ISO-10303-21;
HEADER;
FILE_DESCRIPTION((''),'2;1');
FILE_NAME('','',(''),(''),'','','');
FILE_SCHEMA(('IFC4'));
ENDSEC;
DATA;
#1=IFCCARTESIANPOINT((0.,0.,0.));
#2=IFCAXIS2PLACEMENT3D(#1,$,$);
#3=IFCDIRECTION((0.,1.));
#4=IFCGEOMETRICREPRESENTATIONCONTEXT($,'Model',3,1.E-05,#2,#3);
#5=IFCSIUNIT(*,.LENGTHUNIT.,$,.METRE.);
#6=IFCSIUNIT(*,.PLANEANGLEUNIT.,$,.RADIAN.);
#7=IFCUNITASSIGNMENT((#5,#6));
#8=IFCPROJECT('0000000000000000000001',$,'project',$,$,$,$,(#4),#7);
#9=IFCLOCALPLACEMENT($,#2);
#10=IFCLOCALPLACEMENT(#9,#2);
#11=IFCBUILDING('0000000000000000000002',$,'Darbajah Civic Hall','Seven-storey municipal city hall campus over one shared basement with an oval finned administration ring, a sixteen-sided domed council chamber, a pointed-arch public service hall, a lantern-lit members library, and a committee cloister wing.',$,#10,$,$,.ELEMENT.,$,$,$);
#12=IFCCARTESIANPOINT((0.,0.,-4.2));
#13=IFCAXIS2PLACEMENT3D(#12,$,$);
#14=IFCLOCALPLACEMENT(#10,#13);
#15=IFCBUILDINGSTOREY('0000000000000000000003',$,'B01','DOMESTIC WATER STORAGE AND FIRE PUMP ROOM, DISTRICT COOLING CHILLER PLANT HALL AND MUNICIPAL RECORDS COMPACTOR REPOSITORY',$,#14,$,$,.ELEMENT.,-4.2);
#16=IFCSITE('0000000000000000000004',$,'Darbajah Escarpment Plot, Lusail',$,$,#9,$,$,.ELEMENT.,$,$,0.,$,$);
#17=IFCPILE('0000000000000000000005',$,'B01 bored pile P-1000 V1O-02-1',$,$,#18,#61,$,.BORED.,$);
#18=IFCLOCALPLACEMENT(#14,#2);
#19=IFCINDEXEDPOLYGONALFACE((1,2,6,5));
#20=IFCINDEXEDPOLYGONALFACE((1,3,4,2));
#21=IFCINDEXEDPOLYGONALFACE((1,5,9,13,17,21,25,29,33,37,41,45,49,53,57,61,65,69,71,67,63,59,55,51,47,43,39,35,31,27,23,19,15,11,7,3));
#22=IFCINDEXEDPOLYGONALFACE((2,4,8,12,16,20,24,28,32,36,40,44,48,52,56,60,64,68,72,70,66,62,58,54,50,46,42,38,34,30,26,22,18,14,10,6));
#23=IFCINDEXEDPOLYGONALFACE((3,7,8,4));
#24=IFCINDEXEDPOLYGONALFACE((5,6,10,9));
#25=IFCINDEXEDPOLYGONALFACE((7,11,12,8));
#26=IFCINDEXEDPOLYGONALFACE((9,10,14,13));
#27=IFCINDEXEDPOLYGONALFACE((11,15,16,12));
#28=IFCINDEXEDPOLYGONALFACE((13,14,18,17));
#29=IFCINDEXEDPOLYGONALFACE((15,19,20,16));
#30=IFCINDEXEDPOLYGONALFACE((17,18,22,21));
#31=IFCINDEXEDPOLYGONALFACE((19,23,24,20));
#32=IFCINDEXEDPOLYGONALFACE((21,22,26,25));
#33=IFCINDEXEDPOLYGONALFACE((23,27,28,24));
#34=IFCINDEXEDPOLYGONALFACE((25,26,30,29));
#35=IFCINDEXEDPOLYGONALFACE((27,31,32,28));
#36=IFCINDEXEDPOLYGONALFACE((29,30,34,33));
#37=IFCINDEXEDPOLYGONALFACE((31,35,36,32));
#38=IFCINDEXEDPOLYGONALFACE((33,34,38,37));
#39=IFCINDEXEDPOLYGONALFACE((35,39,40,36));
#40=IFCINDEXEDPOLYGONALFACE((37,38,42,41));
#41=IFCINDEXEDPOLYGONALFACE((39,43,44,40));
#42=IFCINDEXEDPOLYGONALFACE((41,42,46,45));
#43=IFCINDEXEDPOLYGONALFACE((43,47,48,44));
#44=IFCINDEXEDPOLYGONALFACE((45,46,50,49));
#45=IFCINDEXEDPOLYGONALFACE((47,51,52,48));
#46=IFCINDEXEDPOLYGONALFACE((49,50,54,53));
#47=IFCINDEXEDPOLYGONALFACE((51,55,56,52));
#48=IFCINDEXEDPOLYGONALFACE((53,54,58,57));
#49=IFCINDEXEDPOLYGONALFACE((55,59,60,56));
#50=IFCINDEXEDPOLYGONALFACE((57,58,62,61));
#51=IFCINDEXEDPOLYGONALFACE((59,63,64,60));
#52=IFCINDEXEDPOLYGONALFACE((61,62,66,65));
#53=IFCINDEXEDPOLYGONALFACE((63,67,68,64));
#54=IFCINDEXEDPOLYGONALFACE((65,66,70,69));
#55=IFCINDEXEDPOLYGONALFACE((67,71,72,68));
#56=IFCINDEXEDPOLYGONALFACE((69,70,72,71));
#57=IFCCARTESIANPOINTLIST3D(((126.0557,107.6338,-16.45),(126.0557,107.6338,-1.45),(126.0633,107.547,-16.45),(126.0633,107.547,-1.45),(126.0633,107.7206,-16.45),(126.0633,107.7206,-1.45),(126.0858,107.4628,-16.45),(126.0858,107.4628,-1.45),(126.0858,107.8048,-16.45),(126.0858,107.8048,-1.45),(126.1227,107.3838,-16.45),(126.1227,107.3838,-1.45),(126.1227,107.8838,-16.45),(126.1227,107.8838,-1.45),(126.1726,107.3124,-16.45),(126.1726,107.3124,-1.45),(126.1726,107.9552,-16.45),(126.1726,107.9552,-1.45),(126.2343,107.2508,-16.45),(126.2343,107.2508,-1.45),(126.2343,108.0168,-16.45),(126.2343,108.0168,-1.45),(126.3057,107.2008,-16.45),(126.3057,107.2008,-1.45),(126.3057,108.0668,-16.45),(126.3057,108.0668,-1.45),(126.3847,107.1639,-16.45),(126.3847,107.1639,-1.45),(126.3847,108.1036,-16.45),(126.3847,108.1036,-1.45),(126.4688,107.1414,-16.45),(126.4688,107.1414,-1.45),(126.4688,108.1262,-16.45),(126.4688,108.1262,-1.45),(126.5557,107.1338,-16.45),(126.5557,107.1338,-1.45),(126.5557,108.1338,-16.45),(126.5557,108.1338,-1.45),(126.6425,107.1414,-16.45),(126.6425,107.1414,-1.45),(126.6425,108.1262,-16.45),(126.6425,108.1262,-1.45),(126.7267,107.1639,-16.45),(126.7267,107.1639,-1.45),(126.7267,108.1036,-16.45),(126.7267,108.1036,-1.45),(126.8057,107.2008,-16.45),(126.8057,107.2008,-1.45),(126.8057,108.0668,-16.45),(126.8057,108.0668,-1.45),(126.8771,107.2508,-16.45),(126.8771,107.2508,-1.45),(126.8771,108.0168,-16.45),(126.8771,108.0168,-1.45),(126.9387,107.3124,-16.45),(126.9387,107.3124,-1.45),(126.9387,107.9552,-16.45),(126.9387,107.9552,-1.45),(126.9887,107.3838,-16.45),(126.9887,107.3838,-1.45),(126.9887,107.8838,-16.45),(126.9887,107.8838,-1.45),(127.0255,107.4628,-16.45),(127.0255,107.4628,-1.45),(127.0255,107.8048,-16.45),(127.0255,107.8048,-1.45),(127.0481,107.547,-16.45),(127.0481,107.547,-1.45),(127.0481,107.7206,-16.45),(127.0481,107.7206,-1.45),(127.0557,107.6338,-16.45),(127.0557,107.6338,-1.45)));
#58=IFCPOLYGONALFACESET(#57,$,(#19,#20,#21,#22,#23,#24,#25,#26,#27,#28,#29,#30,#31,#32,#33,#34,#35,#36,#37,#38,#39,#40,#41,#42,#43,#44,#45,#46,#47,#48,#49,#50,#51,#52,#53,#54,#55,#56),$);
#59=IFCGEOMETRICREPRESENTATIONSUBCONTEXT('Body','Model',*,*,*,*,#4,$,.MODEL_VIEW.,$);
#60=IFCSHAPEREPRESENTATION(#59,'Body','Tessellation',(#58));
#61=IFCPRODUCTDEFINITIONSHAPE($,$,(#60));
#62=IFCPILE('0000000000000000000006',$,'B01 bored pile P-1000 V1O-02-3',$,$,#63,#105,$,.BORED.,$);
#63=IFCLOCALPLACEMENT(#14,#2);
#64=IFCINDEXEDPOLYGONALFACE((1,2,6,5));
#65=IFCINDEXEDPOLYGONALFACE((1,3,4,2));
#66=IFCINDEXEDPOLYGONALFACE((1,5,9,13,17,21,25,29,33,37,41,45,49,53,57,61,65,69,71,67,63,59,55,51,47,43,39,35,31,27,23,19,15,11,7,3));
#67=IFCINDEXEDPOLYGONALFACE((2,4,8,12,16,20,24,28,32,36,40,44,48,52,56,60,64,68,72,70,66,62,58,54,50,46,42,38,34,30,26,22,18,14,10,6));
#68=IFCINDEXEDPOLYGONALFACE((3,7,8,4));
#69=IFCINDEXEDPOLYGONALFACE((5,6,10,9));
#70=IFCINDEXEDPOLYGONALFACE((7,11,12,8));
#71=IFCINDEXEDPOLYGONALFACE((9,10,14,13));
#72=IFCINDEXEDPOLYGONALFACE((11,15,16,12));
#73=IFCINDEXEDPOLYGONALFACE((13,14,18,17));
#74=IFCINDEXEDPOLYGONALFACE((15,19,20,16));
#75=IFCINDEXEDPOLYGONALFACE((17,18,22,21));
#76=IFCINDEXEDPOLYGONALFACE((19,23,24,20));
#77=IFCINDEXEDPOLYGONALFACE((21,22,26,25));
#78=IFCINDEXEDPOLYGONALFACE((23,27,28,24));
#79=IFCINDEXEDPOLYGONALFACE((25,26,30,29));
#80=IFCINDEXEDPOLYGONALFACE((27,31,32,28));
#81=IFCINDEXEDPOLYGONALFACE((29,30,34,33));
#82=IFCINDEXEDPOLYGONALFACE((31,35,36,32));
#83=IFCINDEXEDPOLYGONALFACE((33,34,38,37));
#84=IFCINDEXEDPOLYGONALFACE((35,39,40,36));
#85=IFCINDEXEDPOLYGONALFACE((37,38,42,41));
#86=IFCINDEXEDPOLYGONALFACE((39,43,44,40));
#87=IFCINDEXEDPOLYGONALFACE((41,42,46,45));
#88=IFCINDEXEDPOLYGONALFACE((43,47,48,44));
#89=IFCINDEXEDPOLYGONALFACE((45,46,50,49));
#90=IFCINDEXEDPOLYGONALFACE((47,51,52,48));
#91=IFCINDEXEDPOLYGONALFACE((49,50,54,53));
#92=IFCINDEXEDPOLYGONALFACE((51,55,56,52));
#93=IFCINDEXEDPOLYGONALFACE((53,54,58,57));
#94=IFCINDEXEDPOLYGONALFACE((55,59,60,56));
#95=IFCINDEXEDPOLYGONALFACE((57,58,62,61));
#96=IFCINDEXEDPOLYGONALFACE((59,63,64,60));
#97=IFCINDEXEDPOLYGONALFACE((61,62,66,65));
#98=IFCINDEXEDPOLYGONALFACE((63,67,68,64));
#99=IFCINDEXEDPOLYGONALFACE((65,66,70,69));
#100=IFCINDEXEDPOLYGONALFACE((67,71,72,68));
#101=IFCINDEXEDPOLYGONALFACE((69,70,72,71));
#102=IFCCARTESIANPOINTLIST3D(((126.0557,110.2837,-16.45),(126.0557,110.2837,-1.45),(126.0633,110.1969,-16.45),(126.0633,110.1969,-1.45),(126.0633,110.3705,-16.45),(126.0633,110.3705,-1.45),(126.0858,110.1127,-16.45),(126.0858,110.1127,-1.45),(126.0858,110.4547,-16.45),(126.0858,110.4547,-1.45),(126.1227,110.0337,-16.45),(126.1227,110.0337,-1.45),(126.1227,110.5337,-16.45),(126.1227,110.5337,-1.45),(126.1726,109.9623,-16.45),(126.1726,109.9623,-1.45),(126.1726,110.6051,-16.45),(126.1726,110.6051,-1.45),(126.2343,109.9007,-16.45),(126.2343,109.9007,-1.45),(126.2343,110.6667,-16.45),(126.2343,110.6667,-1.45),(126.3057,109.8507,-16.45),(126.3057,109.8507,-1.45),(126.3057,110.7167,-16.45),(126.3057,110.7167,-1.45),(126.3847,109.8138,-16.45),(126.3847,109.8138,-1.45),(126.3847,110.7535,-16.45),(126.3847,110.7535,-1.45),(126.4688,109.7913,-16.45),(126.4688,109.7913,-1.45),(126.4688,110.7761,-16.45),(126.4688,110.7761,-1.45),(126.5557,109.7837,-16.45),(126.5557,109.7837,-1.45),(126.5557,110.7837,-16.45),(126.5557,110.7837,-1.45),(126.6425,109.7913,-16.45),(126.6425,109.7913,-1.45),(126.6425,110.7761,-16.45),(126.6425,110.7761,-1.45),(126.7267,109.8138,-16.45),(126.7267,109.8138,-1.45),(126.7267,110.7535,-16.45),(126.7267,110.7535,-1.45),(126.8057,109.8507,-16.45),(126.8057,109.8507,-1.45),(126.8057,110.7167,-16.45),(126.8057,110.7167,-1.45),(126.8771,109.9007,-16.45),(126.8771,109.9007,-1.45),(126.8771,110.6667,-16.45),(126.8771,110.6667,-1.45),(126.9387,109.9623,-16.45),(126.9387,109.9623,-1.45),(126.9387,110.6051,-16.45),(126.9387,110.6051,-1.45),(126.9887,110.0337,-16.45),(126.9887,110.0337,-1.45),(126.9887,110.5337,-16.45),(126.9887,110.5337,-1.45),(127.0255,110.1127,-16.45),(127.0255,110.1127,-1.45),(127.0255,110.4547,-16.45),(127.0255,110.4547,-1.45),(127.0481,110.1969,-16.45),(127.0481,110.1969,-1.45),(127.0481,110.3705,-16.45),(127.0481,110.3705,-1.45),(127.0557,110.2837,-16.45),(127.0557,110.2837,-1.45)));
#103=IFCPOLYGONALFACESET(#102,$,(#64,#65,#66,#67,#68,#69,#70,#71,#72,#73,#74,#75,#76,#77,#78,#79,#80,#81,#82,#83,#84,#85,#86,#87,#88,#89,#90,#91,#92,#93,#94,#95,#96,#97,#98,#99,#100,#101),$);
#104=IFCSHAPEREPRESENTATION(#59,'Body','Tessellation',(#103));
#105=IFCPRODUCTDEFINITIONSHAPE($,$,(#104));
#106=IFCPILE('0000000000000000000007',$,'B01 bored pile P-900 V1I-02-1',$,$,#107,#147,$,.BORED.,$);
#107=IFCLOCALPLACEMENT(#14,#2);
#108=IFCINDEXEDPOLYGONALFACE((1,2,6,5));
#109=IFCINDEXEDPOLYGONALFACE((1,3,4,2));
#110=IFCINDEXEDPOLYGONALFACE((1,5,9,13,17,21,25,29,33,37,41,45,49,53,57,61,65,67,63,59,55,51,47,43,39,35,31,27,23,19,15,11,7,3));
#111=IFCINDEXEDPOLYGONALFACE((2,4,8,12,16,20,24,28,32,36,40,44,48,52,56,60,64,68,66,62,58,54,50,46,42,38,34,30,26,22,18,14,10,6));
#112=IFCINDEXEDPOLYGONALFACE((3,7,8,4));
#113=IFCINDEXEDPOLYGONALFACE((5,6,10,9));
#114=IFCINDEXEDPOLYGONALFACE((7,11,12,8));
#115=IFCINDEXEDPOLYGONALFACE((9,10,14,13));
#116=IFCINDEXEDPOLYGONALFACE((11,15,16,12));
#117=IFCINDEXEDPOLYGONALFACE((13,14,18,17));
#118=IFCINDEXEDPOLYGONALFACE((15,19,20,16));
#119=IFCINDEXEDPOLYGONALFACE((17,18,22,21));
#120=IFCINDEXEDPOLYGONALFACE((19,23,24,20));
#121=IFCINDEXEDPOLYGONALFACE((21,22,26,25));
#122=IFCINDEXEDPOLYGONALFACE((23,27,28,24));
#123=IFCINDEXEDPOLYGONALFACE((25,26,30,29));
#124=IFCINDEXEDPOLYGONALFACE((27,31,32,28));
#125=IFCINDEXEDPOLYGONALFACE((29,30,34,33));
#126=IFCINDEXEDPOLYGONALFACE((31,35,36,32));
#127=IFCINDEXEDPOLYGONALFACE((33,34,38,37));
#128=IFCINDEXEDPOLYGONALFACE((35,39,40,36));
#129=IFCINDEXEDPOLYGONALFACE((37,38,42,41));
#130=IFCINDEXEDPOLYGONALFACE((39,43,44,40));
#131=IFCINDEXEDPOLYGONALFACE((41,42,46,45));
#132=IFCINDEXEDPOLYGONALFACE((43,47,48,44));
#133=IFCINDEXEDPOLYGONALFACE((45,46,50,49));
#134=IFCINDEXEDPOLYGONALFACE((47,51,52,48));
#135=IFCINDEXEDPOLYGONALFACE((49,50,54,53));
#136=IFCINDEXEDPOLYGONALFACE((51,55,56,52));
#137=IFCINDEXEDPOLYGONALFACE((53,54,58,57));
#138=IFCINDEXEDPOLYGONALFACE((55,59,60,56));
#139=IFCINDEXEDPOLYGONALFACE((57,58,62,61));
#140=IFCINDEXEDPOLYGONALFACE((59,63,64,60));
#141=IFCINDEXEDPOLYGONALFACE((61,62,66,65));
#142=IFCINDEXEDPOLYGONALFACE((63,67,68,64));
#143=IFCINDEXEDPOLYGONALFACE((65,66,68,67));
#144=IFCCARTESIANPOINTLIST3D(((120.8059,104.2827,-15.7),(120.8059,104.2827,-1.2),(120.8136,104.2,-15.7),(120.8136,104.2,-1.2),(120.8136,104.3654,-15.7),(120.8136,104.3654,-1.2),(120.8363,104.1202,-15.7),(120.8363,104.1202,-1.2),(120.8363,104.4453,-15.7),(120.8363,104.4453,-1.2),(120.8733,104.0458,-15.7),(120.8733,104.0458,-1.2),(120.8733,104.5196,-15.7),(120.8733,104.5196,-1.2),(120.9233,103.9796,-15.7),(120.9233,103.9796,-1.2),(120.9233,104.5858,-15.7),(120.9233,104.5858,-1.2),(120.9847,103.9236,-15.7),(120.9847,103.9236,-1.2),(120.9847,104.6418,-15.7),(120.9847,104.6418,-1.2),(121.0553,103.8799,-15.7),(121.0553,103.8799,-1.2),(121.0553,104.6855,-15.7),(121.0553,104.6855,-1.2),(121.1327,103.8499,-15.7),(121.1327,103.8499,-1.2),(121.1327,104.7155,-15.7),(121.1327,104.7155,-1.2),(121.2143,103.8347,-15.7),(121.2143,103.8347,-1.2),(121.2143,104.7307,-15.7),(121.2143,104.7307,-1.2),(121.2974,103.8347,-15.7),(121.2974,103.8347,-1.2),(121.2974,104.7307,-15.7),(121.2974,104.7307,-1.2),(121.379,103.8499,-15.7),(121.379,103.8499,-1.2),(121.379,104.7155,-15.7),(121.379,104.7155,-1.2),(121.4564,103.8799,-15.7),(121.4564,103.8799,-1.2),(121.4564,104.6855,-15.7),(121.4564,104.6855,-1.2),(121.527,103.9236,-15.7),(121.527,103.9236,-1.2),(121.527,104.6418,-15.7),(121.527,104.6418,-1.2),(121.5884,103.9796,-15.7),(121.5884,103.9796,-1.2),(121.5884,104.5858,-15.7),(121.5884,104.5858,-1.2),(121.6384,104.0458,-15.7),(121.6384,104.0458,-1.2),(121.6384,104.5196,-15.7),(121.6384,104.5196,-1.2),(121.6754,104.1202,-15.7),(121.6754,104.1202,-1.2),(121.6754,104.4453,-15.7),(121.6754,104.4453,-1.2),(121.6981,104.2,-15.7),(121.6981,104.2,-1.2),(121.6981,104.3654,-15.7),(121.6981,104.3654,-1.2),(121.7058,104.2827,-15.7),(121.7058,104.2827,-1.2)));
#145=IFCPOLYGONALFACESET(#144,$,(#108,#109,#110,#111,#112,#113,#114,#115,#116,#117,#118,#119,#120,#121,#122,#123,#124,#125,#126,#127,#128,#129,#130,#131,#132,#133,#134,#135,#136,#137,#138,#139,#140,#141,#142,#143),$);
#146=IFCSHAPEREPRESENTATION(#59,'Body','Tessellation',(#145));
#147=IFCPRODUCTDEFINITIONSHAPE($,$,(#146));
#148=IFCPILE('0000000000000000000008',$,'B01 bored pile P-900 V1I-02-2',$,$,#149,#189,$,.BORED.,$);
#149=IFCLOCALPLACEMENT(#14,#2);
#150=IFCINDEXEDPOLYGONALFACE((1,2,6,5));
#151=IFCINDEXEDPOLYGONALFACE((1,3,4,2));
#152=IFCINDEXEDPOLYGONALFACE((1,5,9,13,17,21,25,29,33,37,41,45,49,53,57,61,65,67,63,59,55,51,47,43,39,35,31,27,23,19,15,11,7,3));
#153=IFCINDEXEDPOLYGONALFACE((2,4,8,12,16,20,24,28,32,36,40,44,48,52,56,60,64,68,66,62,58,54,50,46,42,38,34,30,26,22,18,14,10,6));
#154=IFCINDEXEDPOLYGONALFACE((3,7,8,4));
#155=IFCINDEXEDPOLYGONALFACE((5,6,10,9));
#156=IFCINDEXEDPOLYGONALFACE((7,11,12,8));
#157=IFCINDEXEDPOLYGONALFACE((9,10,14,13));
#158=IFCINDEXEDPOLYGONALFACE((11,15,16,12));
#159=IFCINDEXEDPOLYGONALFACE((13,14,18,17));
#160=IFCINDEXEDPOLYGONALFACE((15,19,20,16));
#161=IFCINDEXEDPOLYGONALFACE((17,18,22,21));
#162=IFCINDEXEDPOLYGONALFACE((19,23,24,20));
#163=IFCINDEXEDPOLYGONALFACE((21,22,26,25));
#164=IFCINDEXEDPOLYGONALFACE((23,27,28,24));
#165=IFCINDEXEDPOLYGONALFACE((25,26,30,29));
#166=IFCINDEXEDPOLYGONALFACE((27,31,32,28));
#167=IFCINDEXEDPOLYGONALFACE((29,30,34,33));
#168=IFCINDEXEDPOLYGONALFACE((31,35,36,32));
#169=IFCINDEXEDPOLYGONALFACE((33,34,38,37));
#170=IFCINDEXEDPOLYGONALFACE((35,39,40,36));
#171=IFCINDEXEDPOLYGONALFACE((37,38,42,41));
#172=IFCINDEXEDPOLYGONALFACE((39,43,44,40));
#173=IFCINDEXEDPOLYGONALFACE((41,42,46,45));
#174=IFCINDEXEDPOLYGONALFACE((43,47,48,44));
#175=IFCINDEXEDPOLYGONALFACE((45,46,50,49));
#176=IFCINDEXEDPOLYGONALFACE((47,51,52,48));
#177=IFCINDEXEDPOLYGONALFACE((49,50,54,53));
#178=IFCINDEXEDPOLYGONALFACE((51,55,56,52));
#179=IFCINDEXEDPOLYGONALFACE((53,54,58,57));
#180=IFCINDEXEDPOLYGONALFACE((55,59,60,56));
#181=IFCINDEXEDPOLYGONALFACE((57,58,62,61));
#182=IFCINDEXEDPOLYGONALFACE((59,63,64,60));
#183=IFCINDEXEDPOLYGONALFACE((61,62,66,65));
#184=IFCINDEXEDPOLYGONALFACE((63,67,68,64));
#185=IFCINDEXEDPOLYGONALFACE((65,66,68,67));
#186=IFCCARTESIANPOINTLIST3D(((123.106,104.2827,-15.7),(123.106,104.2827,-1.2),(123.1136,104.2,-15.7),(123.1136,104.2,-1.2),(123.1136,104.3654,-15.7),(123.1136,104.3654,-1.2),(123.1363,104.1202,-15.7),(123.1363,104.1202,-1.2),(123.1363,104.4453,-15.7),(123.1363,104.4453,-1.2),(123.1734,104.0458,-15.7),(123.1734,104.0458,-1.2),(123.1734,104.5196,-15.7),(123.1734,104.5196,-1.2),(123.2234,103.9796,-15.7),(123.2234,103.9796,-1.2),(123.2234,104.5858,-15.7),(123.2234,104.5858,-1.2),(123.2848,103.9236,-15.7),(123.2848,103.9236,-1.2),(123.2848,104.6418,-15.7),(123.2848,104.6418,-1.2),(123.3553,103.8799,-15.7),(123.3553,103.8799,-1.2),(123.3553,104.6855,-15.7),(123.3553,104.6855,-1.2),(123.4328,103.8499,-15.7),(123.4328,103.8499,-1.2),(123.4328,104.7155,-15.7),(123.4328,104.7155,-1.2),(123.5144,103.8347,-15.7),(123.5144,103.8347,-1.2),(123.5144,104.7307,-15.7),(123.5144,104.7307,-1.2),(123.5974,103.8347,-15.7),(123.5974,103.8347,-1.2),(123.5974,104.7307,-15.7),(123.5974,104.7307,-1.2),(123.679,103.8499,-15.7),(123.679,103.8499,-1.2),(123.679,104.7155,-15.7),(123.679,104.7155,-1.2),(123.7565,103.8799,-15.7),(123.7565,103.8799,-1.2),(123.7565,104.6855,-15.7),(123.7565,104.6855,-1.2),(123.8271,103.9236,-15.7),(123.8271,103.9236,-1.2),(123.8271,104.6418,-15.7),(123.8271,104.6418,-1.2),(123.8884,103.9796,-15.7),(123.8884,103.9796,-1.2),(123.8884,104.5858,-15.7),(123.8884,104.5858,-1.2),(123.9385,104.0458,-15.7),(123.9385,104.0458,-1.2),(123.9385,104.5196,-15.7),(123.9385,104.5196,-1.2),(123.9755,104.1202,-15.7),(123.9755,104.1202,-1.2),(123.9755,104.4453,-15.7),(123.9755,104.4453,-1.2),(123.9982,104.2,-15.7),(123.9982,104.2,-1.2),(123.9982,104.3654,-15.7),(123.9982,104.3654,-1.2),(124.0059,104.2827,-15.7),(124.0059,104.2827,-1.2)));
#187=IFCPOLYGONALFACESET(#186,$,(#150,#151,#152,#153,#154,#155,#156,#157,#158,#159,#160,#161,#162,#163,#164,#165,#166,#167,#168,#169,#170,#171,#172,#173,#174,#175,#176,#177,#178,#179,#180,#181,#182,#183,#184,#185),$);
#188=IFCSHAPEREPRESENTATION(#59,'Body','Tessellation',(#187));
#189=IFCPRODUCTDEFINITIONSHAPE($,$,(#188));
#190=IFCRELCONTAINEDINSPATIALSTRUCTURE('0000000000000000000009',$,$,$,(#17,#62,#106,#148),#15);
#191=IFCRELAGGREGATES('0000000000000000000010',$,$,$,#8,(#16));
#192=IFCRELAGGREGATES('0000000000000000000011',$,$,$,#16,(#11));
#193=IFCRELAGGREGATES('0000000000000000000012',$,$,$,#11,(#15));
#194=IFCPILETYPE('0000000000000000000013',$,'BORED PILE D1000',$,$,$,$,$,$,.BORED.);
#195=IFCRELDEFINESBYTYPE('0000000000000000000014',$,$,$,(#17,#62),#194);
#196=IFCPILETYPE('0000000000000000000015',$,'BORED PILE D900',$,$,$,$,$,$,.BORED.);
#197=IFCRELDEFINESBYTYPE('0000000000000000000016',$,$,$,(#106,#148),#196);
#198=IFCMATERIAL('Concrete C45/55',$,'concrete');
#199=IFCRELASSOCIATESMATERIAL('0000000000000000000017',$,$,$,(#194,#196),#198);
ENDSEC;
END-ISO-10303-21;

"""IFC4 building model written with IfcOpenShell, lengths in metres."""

from ifc_helpers import new_model, si_unit, direction, frame, origin, origin_2d, place, context, subcontext, project, spatial, circle, extrude, material, material_profile, profile_set, type_object, element, save


model = new_model("IFC4")

# Units and contexts
model_context = context("Model", 3, precision=1e-05, world=origin(), true_north=direction((0.0, 1.0)))
body_context = subcontext(model_context, "Body", "Model", "MODEL_VIEW")
ifc_project = project(units=[si_unit("LENGTHUNIT", "METRE"), si_unit("PLANEANGLEUNIT", "RADIAN")], contexts=[model_context])

# Site, building, storey
site_placement = place(None, origin())
site = spatial("IfcSite", under=ifc_project, at=site_placement, Name="Darbajah Escarpment Plot, Lusail", CompositionType="ELEMENT", RefElevation=0.0)
building_placement = place(site_placement, origin())
building = spatial("IfcBuilding", under=site, at=building_placement, Name="Darbajah Civic Hall", Description="Seven-storey municipal city hall campus over one shared basement with an oval finned administration ring, a sixteen-sided domed council chamber, a pointed-arch public service hall, a lantern-lit members library, and a committee cloister wing.", CompositionType="ELEMENT")
storey_placement = place(building_placement, frame((0.0, 0.0, -4.2)))
storey = spatial("IfcBuildingStorey", under=building, at=storey_placement, Name="B01", Description="DOMESTIC WATER STORAGE AND FIRE PUMP ROOM, DISTRICT COOLING CHILLER PLANT HALL AND MUNICIPAL RECORDS COMPACTOR REPOSITORY", CompositionType="ELEMENT", Elevation=-4.2)

# Piles
ifc_material_1 = material(Name="Concrete C45/55", Category="concrete")
ifc_material_profile_1 = material_profile(ifc_material_1, circle(Radius=0.5, at=origin_2d()), Name="BORED PILE D1000")
ifc_profile_set_1 = profile_set([ifc_material_profile_1], Name="Concrete C45/55")
pile_type_1 = type_object("IfcPileType", Name="BORED PILE D1000", PredefinedType="BORED", material=ifc_profile_set_1)
for number, where, z_axis, x_axis, name in (
    (1, (126.5557, 107.6338, -1.45), (0.0, 0.0, -1.0), (1.0, 0.0, 0.0), "B01 bored pile P-1000 V1O-02-1"),
    (2, (126.5557, 110.2837, -1.45), (0.0, 0.0, -1.0), (1.0, 0.0, 0.0), "B01 bored pile P-1000 V1O-02-3"),
):
    element("IfcPile", number, at=place(storey_placement, frame(where, z_axis=z_axis, x_axis=x_axis)), inside=storey, type_object=pile_type_1, Name=name, PredefinedType="BORED", context=body_context, shape_type="SweptSolid", body=[
        extrude(circle(Radius=0.5, at=origin_2d()), origin(), (0.0, 0.0, 1.0), 15.0),
    ])
ifc_material_profile_2 = material_profile(ifc_material_1, circle(Radius=0.45, at=origin_2d()), Name="BORED PILE D900")
ifc_profile_set_2 = profile_set([ifc_material_profile_2], Name="Concrete C45/55")
pile_type_2 = type_object("IfcPileType", Name="BORED PILE D900", PredefinedType="BORED", material=ifc_profile_set_2)
for number, where, z_axis, x_axis, name in (
    (3, (121.2559, 104.2827, -1.2), (0.0, 0.0, -1.0), (1.0, 0.0, 0.0), "B01 bored pile P-900 V1I-02-1"),
    (4, (123.5559, 104.2827, -1.2), (0.0, 0.0, -1.0), (1.0, 0.0, 0.0), "B01 bored pile P-900 V1I-02-2"),
):
    element("IfcPile", number, at=place(storey_placement, frame(where, z_axis=z_axis, x_axis=x_axis)), inside=storey, type_object=pile_type_2, Name=name, PredefinedType="BORED", context=body_context, shape_type="SweptSolid", body=[
        extrude(circle(Radius=0.45, at=origin_2d()), origin(), (0.0, 0.0, 1.0), 14.5),
    ])

save(model, "model.ifc")
